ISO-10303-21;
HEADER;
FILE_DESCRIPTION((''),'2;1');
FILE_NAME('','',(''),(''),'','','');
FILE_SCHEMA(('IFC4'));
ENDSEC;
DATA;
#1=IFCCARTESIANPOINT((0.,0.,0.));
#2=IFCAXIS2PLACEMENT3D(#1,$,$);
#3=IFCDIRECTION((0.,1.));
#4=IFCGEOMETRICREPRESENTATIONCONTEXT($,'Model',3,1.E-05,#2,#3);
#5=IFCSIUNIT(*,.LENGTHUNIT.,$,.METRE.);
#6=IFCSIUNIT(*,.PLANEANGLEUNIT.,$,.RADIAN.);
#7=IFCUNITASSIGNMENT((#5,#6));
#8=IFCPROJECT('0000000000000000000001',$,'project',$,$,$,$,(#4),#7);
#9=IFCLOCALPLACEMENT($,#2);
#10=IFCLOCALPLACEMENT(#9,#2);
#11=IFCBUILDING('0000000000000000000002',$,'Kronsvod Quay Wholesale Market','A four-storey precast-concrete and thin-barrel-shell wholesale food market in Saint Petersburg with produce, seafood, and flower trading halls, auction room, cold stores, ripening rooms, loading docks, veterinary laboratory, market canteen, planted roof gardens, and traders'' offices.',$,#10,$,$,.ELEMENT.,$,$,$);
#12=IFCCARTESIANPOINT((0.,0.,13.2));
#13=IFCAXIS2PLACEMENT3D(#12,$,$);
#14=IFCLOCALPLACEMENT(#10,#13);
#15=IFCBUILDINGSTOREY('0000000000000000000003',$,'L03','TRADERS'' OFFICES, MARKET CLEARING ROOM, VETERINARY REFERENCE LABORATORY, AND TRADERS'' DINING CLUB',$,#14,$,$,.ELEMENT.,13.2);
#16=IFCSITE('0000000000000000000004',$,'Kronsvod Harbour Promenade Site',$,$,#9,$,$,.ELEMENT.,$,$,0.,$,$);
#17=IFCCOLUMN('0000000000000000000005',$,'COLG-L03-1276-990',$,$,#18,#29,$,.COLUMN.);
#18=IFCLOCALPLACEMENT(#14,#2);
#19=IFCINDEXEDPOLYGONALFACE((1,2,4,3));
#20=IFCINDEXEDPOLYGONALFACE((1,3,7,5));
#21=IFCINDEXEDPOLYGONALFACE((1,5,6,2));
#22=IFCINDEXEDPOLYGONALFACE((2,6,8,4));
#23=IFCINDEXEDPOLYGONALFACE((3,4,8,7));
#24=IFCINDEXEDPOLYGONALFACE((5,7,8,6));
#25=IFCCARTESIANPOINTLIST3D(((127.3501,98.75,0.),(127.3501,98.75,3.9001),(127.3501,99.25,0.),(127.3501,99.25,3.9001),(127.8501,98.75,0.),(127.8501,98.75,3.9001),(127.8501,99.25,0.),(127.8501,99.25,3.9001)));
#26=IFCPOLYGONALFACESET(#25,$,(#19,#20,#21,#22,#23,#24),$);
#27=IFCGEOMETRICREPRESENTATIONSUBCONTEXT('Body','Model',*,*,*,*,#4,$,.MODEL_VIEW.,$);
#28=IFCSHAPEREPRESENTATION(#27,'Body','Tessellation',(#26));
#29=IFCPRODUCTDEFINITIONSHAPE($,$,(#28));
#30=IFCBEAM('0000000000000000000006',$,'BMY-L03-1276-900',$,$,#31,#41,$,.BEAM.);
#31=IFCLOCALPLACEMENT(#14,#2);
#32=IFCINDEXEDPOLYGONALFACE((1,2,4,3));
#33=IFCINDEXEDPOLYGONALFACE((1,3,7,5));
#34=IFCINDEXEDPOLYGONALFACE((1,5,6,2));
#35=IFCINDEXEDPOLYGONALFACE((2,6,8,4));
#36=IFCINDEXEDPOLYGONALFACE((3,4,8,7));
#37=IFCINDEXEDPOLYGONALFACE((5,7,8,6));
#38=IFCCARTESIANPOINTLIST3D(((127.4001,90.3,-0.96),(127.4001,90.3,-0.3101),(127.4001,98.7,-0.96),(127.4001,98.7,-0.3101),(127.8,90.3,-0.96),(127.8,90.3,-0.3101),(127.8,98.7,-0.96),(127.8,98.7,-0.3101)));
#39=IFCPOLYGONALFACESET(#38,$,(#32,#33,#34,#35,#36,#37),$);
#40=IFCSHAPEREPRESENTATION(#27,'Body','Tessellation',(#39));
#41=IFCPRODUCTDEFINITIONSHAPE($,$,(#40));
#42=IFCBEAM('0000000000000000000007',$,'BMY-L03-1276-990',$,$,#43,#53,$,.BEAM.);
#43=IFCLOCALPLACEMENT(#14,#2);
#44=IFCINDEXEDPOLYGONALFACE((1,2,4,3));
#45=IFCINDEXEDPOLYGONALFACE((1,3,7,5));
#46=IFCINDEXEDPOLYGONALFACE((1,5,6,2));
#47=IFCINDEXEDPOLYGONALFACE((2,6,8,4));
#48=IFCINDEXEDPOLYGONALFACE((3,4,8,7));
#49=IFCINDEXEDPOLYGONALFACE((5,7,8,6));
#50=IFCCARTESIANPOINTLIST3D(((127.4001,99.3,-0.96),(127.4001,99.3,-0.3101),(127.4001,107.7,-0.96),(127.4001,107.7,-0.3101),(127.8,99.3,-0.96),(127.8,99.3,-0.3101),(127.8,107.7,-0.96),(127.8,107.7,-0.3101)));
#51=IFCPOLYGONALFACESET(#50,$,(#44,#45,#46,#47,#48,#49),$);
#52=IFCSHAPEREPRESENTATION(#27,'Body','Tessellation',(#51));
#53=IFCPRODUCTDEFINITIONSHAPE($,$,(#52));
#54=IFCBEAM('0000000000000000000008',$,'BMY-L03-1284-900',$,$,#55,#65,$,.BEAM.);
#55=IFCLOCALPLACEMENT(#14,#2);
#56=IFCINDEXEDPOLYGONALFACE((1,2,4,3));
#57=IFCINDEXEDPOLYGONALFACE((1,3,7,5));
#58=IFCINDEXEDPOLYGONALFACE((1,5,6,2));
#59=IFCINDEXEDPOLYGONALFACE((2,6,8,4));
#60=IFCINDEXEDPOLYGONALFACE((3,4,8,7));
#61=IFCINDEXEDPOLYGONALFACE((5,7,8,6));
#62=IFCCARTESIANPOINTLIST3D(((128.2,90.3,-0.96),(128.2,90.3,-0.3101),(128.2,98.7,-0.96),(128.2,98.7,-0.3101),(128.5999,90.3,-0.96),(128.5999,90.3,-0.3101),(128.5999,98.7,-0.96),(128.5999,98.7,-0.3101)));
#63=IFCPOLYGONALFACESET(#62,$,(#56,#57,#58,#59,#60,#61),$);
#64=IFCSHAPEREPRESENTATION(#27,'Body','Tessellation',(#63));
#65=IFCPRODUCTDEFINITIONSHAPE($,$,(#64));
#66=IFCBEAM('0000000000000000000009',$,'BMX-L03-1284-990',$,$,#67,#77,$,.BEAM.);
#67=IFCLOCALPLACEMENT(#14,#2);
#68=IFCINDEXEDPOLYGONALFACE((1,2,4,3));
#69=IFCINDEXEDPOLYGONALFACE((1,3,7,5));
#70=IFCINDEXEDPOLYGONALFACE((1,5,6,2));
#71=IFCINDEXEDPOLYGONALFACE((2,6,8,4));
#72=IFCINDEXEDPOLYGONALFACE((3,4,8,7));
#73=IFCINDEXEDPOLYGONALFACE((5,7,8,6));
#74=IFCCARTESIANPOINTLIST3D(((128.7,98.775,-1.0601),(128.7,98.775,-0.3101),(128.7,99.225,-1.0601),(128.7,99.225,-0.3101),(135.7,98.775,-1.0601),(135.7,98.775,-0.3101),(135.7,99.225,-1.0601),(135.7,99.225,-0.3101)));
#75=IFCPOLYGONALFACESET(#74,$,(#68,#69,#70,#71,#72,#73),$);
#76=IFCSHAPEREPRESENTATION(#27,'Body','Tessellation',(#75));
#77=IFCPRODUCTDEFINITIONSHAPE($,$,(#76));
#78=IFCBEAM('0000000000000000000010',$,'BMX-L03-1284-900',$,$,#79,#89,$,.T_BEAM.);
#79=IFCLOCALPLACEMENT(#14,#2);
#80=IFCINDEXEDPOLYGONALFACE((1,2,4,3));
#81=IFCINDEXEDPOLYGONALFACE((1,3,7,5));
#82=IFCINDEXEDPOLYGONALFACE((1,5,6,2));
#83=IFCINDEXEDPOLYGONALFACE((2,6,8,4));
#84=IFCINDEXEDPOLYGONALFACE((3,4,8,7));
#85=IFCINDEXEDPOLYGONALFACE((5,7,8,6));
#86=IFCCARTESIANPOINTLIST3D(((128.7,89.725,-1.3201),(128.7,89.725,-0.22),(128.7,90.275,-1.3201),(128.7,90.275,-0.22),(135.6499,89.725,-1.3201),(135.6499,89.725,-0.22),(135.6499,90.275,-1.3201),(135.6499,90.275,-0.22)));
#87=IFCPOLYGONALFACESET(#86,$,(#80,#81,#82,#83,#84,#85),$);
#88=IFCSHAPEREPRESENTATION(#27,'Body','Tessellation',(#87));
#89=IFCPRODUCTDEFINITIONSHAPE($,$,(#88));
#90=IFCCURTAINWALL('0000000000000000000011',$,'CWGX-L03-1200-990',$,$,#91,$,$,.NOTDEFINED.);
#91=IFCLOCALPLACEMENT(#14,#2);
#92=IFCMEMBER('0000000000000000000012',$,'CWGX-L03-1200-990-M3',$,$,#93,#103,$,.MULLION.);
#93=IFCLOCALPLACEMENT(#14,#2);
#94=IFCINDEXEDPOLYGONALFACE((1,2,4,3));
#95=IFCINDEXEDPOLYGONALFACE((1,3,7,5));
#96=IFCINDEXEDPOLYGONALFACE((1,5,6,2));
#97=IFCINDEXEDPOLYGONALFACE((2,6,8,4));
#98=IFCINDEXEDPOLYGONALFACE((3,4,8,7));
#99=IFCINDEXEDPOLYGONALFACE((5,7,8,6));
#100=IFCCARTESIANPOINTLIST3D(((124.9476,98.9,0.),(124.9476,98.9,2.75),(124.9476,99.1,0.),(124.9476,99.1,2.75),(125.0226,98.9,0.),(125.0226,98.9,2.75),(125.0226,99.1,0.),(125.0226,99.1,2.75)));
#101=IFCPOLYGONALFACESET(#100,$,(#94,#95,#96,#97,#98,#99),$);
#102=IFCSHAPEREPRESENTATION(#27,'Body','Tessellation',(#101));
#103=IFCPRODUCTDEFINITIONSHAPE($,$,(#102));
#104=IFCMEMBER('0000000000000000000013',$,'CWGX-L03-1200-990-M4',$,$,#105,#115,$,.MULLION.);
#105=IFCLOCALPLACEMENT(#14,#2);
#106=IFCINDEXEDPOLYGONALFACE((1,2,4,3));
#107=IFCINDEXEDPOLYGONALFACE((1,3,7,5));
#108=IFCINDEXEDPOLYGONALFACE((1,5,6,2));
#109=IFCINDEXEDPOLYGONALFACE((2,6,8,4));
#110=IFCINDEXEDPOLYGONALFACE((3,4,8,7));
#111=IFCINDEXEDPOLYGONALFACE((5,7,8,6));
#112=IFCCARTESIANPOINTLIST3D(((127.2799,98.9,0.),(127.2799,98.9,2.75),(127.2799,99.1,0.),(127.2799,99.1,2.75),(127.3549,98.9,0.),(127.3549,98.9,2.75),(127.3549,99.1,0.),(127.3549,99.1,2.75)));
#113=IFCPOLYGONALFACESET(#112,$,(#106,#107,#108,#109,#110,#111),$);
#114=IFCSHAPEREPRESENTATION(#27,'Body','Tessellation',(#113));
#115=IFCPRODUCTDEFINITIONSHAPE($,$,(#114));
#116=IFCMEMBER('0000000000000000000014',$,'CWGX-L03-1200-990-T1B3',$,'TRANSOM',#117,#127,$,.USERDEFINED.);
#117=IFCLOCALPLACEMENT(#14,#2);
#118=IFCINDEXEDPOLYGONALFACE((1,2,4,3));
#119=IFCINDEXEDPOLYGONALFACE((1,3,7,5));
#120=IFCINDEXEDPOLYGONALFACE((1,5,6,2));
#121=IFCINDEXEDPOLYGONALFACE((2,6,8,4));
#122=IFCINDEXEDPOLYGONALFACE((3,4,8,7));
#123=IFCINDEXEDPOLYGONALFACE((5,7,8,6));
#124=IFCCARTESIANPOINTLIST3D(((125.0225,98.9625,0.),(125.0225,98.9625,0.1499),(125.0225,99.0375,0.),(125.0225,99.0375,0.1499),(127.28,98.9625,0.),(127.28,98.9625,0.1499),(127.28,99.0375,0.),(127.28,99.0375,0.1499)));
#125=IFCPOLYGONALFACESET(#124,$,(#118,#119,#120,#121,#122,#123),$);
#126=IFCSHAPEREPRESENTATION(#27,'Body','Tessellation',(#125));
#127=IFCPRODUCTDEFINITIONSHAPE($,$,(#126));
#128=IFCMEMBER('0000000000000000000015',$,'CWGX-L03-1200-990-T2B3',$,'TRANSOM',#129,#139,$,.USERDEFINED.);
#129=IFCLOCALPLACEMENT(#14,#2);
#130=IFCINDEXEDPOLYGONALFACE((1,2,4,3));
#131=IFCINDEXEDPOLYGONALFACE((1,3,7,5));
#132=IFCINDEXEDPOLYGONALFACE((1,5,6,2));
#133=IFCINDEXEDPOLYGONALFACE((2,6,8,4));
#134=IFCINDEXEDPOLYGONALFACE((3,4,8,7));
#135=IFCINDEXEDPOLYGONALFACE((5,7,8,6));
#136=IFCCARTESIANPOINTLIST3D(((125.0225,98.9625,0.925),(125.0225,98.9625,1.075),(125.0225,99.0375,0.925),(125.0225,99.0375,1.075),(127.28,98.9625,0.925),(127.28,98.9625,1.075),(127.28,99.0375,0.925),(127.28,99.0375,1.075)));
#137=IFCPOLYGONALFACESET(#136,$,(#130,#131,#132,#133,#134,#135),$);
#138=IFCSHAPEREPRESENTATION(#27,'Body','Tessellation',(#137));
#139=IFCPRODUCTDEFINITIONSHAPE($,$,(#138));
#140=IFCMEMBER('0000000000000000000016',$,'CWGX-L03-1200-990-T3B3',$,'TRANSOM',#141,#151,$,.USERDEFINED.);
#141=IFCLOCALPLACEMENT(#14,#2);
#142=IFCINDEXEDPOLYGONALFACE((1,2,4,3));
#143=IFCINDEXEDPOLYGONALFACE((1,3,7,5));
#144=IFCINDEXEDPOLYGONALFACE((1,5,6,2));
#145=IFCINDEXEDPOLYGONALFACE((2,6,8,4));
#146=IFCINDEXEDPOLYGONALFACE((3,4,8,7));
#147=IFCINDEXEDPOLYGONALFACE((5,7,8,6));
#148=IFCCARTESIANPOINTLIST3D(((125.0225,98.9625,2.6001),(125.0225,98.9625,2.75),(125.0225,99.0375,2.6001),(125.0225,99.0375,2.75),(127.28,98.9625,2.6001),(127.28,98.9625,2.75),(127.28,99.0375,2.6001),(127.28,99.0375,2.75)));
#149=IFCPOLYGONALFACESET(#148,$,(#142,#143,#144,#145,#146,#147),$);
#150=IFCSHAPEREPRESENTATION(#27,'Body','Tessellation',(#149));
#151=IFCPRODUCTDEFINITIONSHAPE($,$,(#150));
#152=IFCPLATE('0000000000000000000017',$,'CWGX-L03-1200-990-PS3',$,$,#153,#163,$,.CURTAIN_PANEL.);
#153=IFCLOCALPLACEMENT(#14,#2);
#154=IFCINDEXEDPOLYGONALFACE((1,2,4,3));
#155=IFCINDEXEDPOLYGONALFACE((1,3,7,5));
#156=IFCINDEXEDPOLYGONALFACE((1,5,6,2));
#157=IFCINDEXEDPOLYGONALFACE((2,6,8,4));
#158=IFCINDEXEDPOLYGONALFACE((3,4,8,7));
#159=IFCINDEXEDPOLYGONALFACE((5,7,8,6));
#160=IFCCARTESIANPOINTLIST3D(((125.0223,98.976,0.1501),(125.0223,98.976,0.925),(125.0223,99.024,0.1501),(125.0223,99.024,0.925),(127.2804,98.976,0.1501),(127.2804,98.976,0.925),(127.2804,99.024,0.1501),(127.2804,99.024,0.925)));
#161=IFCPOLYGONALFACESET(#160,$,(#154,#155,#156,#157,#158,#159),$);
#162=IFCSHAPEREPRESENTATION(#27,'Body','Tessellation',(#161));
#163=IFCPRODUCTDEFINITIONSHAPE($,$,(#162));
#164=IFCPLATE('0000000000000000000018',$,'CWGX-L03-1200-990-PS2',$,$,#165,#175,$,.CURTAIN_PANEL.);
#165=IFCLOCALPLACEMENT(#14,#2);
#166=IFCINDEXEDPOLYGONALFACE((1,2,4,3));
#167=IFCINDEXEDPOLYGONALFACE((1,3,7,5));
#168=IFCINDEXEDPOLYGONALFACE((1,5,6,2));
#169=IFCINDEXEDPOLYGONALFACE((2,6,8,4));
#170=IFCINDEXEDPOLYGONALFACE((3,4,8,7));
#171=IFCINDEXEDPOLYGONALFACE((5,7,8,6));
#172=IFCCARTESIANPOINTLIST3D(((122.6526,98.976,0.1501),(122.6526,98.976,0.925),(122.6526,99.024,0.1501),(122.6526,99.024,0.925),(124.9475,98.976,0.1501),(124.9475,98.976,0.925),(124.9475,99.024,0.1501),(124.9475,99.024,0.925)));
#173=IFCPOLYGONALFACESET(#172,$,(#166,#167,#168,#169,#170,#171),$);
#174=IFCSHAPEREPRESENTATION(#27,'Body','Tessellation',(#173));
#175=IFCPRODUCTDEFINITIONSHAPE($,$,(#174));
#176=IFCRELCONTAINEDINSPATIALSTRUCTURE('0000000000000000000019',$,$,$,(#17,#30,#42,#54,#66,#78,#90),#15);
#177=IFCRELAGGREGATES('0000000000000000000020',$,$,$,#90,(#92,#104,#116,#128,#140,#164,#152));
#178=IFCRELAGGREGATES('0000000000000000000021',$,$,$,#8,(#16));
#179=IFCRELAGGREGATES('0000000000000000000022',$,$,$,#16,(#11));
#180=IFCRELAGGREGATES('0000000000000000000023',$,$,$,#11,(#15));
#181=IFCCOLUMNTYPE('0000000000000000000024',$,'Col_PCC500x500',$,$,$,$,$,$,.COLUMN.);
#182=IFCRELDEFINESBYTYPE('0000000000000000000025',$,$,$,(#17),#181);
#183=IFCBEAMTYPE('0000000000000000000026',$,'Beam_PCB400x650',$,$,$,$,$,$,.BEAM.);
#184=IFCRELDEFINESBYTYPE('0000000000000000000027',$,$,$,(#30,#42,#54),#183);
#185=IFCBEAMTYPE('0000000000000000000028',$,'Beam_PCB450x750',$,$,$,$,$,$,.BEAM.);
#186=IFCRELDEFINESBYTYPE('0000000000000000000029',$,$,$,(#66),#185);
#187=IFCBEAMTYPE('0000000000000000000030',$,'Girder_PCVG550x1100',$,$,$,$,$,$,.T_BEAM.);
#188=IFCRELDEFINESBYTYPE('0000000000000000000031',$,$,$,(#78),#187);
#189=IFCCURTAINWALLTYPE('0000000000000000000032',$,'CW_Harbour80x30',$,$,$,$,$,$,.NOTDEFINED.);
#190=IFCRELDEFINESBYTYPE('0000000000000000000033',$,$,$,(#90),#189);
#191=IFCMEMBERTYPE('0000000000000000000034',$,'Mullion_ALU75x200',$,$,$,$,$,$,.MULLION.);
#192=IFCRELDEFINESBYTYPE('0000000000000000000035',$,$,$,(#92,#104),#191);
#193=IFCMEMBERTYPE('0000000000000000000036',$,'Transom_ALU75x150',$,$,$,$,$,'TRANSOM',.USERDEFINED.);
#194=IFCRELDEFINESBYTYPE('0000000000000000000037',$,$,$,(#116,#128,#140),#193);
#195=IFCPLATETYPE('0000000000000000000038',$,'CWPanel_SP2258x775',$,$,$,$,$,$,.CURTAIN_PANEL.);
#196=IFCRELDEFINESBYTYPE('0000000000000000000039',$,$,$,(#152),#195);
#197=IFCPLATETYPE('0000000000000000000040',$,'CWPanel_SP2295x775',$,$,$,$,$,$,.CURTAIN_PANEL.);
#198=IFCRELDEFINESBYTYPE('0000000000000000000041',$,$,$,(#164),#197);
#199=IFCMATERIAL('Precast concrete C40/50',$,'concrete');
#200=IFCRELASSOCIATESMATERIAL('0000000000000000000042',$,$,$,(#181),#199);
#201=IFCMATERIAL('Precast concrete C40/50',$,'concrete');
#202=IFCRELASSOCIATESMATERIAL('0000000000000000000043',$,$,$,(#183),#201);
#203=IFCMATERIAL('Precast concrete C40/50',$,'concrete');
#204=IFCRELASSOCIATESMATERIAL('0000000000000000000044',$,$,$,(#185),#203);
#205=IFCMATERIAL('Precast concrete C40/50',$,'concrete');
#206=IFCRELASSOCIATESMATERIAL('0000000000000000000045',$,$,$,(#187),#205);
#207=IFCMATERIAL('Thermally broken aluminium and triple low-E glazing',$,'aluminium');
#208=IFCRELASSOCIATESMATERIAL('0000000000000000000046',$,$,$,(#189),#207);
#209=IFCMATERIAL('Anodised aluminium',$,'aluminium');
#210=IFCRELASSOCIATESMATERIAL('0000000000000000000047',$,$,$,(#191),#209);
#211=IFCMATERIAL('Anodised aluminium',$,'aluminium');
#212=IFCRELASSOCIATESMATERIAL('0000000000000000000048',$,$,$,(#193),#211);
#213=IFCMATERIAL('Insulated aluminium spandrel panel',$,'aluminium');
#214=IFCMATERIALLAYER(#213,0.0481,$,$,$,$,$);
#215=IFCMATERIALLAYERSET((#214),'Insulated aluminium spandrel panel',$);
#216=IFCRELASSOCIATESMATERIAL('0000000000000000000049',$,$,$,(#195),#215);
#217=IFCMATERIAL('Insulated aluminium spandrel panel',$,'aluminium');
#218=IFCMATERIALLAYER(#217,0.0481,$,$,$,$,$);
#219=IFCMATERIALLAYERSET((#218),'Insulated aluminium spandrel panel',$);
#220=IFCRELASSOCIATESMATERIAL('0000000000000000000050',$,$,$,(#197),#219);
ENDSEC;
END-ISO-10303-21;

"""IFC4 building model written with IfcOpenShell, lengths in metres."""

from ifc_helpers import new_model, si_unit, direction, frame, origin, origin_2d, place, context, subcontext, project, spatial, rectangle, extrude, material, layer, layer_set, material_profile, profile_set, type_object, element, aggregate, save


model = new_model("IFC4")

# Units and contexts
model_context = context("Model", 3, precision=1e-05, world=origin(), true_north=direction((0.0, 1.0)))
body_context = subcontext(model_context, "Body", "Model", "MODEL_VIEW")
ifc_project = project(units=[si_unit("LENGTHUNIT", "METRE"), si_unit("PLANEANGLEUNIT", "RADIAN")], contexts=[model_context])

# Site, building, storey
site_placement = place(None, origin())
site = spatial("IfcSite", under=ifc_project, at=site_placement, Name="Kronsvod Harbour Promenade Site", CompositionType="ELEMENT", RefElevation=0.0)
building_placement = place(site_placement, origin())
building = spatial("IfcBuilding", under=site, at=building_placement, Name="Kronsvod Quay Wholesale Market", Description="A four-storey precast-concrete and thin-barrel-shell wholesale food market in Saint Petersburg with produce, seafood, and flower trading halls, auction room, cold stores, ripening rooms, loading docks, veterinary laboratory, market canteen, planted roof gardens, and traders' offices.", CompositionType="ELEMENT")
storey_placement = place(building_placement, frame((0.0, 0.0, 13.2)))
storey = spatial("IfcBuildingStorey", under=building, at=storey_placement, Name="L03", Description="TRADERS' OFFICES, MARKET CLEARING ROOM, VETERINARY REFERENCE LABORATORY, AND TRADERS' DINING CLUB", CompositionType="ELEMENT", Elevation=13.2)

# Column
ifc_material_1 = material(Name="Precast concrete C40/50", Category="concrete")
ifc_material_profile_1 = material_profile(ifc_material_1, rectangle(XDim=0.5, YDim=0.5, at=origin_2d()), Name="PCC500x500")
ifc_profile_set_1 = profile_set([ifc_material_profile_1], Name="Precast concrete C40/50")
column_type = type_object("IfcColumnType", Name="Col_PCC500x500", PredefinedType="COLUMN", material=ifc_profile_set_1)
column_placement = place(storey_placement, frame((127.6001, 99.0, 0.0), z_axis=(0.0, 0.0, 1.0), x_axis=(1.0, 0.0, 0.0)))
element("IfcColumn", 1, at=column_placement, inside=storey, type_object=column_type, Name="COLG-L03-1276-990", PredefinedType="COLUMN", context=body_context, shape_type="SweptSolid", body=[
    extrude(rectangle(XDim=0.5, YDim=0.5, at=origin_2d()), origin(), (0.0, 0.0, 1.0), 3.9001),
])

# Beams
ifc_material_2 = material(Name="Precast concrete C40/50", Category="concrete")
ifc_material_profile_2 = material_profile(ifc_material_2, rectangle(XDim=0.3999, YDim=0.6499, at=origin_2d()), Name="PCB400x650")
ifc_profile_set_2 = profile_set([ifc_material_profile_2], Name="Precast concrete C40/50")
beam_type_1 = type_object("IfcBeamType", Name="Beam_PCB400x650", PredefinedType="BEAM", material=ifc_profile_set_2)
for number, where, z_axis, x_axis, name in (
    (2, (127.6001, 90.3, -0.635), (0.0, 1.0, 0.0), (-1.0, 0.0, 0.0), "BMY-L03-1276-900"),
    (3, (127.6001, 99.3, -0.635), (0.0, 1.0, 0.0), (-1.0, 0.0, 0.0), "BMY-L03-1276-990"),
    (4, (128.3999, 90.3, -0.635), (0.0, 1.0, 0.0), (-1.0, 0.0, 0.0), "BMY-L03-1284-900"),
):
    element("IfcBeam", number, at=place(storey_placement, frame(where, z_axis=z_axis, x_axis=x_axis)), inside=storey, type_object=beam_type_1, Name=name, PredefinedType="BEAM", context=body_context, shape_type="SweptSolid", body=[
        extrude(rectangle(XDim=0.3999, YDim=0.6499, at=origin_2d()), origin(), (0.0, 0.0, 1.0), 8.3999),
    ])
ifc_material_3 = material(Name="Precast concrete C40/50", Category="concrete")
ifc_material_profile_3 = material_profile(ifc_material_3, rectangle(XDim=0.45, YDim=0.75, at=origin_2d()), Name="PCB450x750")
ifc_profile_set_3 = profile_set([ifc_material_profile_3], Name="Precast concrete C40/50")
beam_type_2 = type_object("IfcBeamType", Name="Beam_PCB450x750", PredefinedType="BEAM", material=ifc_profile_set_3)
beam_1_placement = place(storey_placement, frame((128.7, 99.0, -0.6851), z_axis=(1.0, 0.0, 0.0), x_axis=(0.0, 1.0, 0.0)))
element("IfcBeam", 5, at=beam_1_placement, inside=storey, type_object=beam_type_2, Name="BMX-L03-1284-990", PredefinedType="BEAM", context=body_context, shape_type="SweptSolid", body=[
    extrude(rectangle(XDim=0.45, YDim=0.75, at=origin_2d()), origin(), (0.0, 0.0, 1.0), 7.0),
])
ifc_material_4 = material(Name="Precast concrete C40/50", Category="concrete")
ifc_material_profile_4 = material_profile(ifc_material_4, rectangle(XDim=0.55, YDim=1.1001, at=origin_2d()), Name="PCVG550x1100")
ifc_profile_set_4 = profile_set([ifc_material_profile_4], Name="Precast concrete C40/50")
beam_type_3 = type_object("IfcBeamType", Name="Girder_PCVG550x1100", PredefinedType="T_BEAM", material=ifc_profile_set_4)
beam_2_placement = place(storey_placement, frame((128.7, 90.0, -0.77), z_axis=(1.0, 0.0, 0.0), x_axis=(0.0, 1.0, 0.0)))
element("IfcBeam", 6, at=beam_2_placement, inside=storey, type_object=beam_type_3, Name="BMX-L03-1284-900", PredefinedType="T_BEAM", context=body_context, shape_type="SweptSolid", body=[
    extrude(rectangle(XDim=0.55, YDim=1.1001, at=origin_2d()), origin(), (0.0, 0.0, 1.0), 6.95),
])

# Curtain wall, members, plates
ifc_material_5 = material(Name="Thermally broken aluminium and triple low-E glazing", Category="aluminium")
curtain_wall_type = type_object("IfcCurtainWallType", Name="CW_Harbour80x30", PredefinedType="NOTDEFINED", material=ifc_material_5)
curtain_wall_placement = place(storey_placement, origin())
curtain_wall = element("IfcCurtainWall", 7, at=curtain_wall_placement, inside=storey, type_object=curtain_wall_type, Name="CWGX-L03-1200-990", PredefinedType="NOTDEFINED")
ifc_material_6 = material(Name="Anodised aluminium", Category="aluminium")
ifc_material_profile_5 = material_profile(ifc_material_6, rectangle(XDim=0.075, YDim=0.2, at=origin_2d()), Name="ALUM75x200")
ifc_profile_set_5 = profile_set([ifc_material_profile_5], Name="Anodised aluminium")
member_type_1 = type_object("IfcMemberType", Name="Mullion_ALU75x200", PredefinedType="MULLION", material=ifc_profile_set_5)
member_1_placement = place(storey_placement, frame((124.9851, 99.0, 0.0), z_axis=(0.0, 0.0, 1.0), x_axis=(1.0, 0.0, 0.0)))
member_1 = element("IfcMember", 8, at=member_1_placement, type_object=member_type_1, Name="CWGX-L03-1200-990-M3", PredefinedType="MULLION", context=body_context, shape_type="SweptSolid", body=[
    extrude(rectangle(XDim=0.075, YDim=0.2, at=origin_2d()), origin(), (0.0, 0.0, 1.0), 2.75),
])
member_2_placement = place(storey_placement, frame((127.3174, 99.0, 0.0), z_axis=(0.0, 0.0, 1.0), x_axis=(1.0, 0.0, 0.0)))
member_2 = element("IfcMember", 9, at=member_2_placement, type_object=member_type_1, Name="CWGX-L03-1200-990-M4", PredefinedType="MULLION", context=body_context, shape_type="SweptSolid", body=[
    extrude(rectangle(XDim=0.075, YDim=0.2, at=origin_2d()), origin(), (0.0, 0.0, 1.0), 2.75),
])
ifc_material_7 = material(Name="Anodised aluminium", Category="aluminium")
ifc_material_profile_6 = material_profile(ifc_material_7, rectangle(XDim=0.075, YDim=0.1499, at=origin_2d()), Name="ALUT75x150")
ifc_profile_set_6 = profile_set([ifc_material_profile_6], Name="Anodised aluminium")
member_type_2 = type_object("IfcMemberType", Name="Transom_ALU75x150", ElementType="TRANSOM", PredefinedType="USERDEFINED", material=ifc_profile_set_6)
member_3_placement = place(storey_placement, frame((125.0225, 99.0, 0.075), z_axis=(1.0, 0.0, 0.0), x_axis=(0.0, 1.0, 0.0)))
member_3 = element("IfcMember", 10, at=member_3_placement, type_object=member_type_2, Name="CWGX-L03-1200-990-T1B3", ObjectType="TRANSOM", PredefinedType="USERDEFINED", context=body_context, shape_type="SweptSolid", body=[
    extrude(rectangle(XDim=0.075, YDim=0.1499, at=origin_2d()), origin(), (0.0, 0.0, 1.0), 2.2576),
])
member_4_placement = place(storey_placement, frame((125.0225, 99.0, 1.0), z_axis=(1.0, 0.0, 0.0), x_axis=(0.0, 1.0, 0.0)))
member_4 = element("IfcMember", 11, at=member_4_placement, type_object=member_type_2, Name="CWGX-L03-1200-990-T2B3", ObjectType="TRANSOM", PredefinedType="USERDEFINED", context=body_context, shape_type="SweptSolid", body=[
    extrude(rectangle(XDim=0.075, YDim=0.1499, at=origin_2d()), origin(), (0.0, 0.0, 1.0), 2.2576),
])
member_5_placement = place(storey_placement, frame((125.0225, 99.0, 2.675), z_axis=(1.0, 0.0, 0.0), x_axis=(0.0, 1.0, 0.0)))
member_5 = element("IfcMember", 12, at=member_5_placement, type_object=member_type_2, Name="CWGX-L03-1200-990-T3B3", ObjectType="TRANSOM", PredefinedType="USERDEFINED", context=body_context, shape_type="SweptSolid", body=[
    extrude(rectangle(XDim=0.075, YDim=0.1499, at=origin_2d()), origin(), (0.0, 0.0, 1.0), 2.2576),
])
ifc_material_8 = material(Name="Insulated aluminium spandrel panel", Category="aluminium")
ifc_layer_1 = layer(ifc_material_8, 0.0481)
ifc_layer_set_1 = layer_set([ifc_layer_1], Name="Insulated aluminium spandrel panel")
plate_type_1 = type_object("IfcPlateType", Name="CWPanel_SP2258x775", PredefinedType="CURTAIN_PANEL", material=ifc_layer_set_1)
plate_1_placement = place(storey_placement, frame((126.1514, 99.0, 0.1501), z_axis=(0.0, 0.0, 1.0), x_axis=(1.0, 0.0, 0.0)))
plate_1 = element("IfcPlate", 13, at=plate_1_placement, type_object=plate_type_1, Name="CWGX-L03-1200-990-PS3", PredefinedType="CURTAIN_PANEL", context=body_context, shape_type="SweptSolid", body=[
    extrude(rectangle(XDim=2.2581, YDim=0.0481, at=origin_2d()), origin(), (0.0, 0.0, 1.0), 0.7749),
])
ifc_material_9 = material(Name="Insulated aluminium spandrel panel", Category="aluminium")
ifc_layer_2 = layer(ifc_material_9, 0.0481)
ifc_layer_set_2 = layer_set([ifc_layer_2], Name="Insulated aluminium spandrel panel")
plate_type_2 = type_object("IfcPlateType", Name="CWPanel_SP2295x775", PredefinedType="CURTAIN_PANEL", material=ifc_layer_set_2)
plate_2_placement = place(storey_placement, frame((123.8, 99.0, 0.1501), z_axis=(0.0, 0.0, 1.0), x_axis=(1.0, 0.0, 0.0)))
plate_2 = element("IfcPlate", 14, at=plate_2_placement, type_object=plate_type_2, Name="CWGX-L03-1200-990-PS2", PredefinedType="CURTAIN_PANEL", context=body_context, shape_type="SweptSolid", body=[
    extrude(rectangle(XDim=2.2949, YDim=0.0481, at=origin_2d()), origin(), (0.0, 0.0, 1.0), 0.7749),
])
aggregate(curtain_wall, [member_1, member_2, member_3, member_4, member_5, plate_2, plate_1])

save(model, "model.ifc")
